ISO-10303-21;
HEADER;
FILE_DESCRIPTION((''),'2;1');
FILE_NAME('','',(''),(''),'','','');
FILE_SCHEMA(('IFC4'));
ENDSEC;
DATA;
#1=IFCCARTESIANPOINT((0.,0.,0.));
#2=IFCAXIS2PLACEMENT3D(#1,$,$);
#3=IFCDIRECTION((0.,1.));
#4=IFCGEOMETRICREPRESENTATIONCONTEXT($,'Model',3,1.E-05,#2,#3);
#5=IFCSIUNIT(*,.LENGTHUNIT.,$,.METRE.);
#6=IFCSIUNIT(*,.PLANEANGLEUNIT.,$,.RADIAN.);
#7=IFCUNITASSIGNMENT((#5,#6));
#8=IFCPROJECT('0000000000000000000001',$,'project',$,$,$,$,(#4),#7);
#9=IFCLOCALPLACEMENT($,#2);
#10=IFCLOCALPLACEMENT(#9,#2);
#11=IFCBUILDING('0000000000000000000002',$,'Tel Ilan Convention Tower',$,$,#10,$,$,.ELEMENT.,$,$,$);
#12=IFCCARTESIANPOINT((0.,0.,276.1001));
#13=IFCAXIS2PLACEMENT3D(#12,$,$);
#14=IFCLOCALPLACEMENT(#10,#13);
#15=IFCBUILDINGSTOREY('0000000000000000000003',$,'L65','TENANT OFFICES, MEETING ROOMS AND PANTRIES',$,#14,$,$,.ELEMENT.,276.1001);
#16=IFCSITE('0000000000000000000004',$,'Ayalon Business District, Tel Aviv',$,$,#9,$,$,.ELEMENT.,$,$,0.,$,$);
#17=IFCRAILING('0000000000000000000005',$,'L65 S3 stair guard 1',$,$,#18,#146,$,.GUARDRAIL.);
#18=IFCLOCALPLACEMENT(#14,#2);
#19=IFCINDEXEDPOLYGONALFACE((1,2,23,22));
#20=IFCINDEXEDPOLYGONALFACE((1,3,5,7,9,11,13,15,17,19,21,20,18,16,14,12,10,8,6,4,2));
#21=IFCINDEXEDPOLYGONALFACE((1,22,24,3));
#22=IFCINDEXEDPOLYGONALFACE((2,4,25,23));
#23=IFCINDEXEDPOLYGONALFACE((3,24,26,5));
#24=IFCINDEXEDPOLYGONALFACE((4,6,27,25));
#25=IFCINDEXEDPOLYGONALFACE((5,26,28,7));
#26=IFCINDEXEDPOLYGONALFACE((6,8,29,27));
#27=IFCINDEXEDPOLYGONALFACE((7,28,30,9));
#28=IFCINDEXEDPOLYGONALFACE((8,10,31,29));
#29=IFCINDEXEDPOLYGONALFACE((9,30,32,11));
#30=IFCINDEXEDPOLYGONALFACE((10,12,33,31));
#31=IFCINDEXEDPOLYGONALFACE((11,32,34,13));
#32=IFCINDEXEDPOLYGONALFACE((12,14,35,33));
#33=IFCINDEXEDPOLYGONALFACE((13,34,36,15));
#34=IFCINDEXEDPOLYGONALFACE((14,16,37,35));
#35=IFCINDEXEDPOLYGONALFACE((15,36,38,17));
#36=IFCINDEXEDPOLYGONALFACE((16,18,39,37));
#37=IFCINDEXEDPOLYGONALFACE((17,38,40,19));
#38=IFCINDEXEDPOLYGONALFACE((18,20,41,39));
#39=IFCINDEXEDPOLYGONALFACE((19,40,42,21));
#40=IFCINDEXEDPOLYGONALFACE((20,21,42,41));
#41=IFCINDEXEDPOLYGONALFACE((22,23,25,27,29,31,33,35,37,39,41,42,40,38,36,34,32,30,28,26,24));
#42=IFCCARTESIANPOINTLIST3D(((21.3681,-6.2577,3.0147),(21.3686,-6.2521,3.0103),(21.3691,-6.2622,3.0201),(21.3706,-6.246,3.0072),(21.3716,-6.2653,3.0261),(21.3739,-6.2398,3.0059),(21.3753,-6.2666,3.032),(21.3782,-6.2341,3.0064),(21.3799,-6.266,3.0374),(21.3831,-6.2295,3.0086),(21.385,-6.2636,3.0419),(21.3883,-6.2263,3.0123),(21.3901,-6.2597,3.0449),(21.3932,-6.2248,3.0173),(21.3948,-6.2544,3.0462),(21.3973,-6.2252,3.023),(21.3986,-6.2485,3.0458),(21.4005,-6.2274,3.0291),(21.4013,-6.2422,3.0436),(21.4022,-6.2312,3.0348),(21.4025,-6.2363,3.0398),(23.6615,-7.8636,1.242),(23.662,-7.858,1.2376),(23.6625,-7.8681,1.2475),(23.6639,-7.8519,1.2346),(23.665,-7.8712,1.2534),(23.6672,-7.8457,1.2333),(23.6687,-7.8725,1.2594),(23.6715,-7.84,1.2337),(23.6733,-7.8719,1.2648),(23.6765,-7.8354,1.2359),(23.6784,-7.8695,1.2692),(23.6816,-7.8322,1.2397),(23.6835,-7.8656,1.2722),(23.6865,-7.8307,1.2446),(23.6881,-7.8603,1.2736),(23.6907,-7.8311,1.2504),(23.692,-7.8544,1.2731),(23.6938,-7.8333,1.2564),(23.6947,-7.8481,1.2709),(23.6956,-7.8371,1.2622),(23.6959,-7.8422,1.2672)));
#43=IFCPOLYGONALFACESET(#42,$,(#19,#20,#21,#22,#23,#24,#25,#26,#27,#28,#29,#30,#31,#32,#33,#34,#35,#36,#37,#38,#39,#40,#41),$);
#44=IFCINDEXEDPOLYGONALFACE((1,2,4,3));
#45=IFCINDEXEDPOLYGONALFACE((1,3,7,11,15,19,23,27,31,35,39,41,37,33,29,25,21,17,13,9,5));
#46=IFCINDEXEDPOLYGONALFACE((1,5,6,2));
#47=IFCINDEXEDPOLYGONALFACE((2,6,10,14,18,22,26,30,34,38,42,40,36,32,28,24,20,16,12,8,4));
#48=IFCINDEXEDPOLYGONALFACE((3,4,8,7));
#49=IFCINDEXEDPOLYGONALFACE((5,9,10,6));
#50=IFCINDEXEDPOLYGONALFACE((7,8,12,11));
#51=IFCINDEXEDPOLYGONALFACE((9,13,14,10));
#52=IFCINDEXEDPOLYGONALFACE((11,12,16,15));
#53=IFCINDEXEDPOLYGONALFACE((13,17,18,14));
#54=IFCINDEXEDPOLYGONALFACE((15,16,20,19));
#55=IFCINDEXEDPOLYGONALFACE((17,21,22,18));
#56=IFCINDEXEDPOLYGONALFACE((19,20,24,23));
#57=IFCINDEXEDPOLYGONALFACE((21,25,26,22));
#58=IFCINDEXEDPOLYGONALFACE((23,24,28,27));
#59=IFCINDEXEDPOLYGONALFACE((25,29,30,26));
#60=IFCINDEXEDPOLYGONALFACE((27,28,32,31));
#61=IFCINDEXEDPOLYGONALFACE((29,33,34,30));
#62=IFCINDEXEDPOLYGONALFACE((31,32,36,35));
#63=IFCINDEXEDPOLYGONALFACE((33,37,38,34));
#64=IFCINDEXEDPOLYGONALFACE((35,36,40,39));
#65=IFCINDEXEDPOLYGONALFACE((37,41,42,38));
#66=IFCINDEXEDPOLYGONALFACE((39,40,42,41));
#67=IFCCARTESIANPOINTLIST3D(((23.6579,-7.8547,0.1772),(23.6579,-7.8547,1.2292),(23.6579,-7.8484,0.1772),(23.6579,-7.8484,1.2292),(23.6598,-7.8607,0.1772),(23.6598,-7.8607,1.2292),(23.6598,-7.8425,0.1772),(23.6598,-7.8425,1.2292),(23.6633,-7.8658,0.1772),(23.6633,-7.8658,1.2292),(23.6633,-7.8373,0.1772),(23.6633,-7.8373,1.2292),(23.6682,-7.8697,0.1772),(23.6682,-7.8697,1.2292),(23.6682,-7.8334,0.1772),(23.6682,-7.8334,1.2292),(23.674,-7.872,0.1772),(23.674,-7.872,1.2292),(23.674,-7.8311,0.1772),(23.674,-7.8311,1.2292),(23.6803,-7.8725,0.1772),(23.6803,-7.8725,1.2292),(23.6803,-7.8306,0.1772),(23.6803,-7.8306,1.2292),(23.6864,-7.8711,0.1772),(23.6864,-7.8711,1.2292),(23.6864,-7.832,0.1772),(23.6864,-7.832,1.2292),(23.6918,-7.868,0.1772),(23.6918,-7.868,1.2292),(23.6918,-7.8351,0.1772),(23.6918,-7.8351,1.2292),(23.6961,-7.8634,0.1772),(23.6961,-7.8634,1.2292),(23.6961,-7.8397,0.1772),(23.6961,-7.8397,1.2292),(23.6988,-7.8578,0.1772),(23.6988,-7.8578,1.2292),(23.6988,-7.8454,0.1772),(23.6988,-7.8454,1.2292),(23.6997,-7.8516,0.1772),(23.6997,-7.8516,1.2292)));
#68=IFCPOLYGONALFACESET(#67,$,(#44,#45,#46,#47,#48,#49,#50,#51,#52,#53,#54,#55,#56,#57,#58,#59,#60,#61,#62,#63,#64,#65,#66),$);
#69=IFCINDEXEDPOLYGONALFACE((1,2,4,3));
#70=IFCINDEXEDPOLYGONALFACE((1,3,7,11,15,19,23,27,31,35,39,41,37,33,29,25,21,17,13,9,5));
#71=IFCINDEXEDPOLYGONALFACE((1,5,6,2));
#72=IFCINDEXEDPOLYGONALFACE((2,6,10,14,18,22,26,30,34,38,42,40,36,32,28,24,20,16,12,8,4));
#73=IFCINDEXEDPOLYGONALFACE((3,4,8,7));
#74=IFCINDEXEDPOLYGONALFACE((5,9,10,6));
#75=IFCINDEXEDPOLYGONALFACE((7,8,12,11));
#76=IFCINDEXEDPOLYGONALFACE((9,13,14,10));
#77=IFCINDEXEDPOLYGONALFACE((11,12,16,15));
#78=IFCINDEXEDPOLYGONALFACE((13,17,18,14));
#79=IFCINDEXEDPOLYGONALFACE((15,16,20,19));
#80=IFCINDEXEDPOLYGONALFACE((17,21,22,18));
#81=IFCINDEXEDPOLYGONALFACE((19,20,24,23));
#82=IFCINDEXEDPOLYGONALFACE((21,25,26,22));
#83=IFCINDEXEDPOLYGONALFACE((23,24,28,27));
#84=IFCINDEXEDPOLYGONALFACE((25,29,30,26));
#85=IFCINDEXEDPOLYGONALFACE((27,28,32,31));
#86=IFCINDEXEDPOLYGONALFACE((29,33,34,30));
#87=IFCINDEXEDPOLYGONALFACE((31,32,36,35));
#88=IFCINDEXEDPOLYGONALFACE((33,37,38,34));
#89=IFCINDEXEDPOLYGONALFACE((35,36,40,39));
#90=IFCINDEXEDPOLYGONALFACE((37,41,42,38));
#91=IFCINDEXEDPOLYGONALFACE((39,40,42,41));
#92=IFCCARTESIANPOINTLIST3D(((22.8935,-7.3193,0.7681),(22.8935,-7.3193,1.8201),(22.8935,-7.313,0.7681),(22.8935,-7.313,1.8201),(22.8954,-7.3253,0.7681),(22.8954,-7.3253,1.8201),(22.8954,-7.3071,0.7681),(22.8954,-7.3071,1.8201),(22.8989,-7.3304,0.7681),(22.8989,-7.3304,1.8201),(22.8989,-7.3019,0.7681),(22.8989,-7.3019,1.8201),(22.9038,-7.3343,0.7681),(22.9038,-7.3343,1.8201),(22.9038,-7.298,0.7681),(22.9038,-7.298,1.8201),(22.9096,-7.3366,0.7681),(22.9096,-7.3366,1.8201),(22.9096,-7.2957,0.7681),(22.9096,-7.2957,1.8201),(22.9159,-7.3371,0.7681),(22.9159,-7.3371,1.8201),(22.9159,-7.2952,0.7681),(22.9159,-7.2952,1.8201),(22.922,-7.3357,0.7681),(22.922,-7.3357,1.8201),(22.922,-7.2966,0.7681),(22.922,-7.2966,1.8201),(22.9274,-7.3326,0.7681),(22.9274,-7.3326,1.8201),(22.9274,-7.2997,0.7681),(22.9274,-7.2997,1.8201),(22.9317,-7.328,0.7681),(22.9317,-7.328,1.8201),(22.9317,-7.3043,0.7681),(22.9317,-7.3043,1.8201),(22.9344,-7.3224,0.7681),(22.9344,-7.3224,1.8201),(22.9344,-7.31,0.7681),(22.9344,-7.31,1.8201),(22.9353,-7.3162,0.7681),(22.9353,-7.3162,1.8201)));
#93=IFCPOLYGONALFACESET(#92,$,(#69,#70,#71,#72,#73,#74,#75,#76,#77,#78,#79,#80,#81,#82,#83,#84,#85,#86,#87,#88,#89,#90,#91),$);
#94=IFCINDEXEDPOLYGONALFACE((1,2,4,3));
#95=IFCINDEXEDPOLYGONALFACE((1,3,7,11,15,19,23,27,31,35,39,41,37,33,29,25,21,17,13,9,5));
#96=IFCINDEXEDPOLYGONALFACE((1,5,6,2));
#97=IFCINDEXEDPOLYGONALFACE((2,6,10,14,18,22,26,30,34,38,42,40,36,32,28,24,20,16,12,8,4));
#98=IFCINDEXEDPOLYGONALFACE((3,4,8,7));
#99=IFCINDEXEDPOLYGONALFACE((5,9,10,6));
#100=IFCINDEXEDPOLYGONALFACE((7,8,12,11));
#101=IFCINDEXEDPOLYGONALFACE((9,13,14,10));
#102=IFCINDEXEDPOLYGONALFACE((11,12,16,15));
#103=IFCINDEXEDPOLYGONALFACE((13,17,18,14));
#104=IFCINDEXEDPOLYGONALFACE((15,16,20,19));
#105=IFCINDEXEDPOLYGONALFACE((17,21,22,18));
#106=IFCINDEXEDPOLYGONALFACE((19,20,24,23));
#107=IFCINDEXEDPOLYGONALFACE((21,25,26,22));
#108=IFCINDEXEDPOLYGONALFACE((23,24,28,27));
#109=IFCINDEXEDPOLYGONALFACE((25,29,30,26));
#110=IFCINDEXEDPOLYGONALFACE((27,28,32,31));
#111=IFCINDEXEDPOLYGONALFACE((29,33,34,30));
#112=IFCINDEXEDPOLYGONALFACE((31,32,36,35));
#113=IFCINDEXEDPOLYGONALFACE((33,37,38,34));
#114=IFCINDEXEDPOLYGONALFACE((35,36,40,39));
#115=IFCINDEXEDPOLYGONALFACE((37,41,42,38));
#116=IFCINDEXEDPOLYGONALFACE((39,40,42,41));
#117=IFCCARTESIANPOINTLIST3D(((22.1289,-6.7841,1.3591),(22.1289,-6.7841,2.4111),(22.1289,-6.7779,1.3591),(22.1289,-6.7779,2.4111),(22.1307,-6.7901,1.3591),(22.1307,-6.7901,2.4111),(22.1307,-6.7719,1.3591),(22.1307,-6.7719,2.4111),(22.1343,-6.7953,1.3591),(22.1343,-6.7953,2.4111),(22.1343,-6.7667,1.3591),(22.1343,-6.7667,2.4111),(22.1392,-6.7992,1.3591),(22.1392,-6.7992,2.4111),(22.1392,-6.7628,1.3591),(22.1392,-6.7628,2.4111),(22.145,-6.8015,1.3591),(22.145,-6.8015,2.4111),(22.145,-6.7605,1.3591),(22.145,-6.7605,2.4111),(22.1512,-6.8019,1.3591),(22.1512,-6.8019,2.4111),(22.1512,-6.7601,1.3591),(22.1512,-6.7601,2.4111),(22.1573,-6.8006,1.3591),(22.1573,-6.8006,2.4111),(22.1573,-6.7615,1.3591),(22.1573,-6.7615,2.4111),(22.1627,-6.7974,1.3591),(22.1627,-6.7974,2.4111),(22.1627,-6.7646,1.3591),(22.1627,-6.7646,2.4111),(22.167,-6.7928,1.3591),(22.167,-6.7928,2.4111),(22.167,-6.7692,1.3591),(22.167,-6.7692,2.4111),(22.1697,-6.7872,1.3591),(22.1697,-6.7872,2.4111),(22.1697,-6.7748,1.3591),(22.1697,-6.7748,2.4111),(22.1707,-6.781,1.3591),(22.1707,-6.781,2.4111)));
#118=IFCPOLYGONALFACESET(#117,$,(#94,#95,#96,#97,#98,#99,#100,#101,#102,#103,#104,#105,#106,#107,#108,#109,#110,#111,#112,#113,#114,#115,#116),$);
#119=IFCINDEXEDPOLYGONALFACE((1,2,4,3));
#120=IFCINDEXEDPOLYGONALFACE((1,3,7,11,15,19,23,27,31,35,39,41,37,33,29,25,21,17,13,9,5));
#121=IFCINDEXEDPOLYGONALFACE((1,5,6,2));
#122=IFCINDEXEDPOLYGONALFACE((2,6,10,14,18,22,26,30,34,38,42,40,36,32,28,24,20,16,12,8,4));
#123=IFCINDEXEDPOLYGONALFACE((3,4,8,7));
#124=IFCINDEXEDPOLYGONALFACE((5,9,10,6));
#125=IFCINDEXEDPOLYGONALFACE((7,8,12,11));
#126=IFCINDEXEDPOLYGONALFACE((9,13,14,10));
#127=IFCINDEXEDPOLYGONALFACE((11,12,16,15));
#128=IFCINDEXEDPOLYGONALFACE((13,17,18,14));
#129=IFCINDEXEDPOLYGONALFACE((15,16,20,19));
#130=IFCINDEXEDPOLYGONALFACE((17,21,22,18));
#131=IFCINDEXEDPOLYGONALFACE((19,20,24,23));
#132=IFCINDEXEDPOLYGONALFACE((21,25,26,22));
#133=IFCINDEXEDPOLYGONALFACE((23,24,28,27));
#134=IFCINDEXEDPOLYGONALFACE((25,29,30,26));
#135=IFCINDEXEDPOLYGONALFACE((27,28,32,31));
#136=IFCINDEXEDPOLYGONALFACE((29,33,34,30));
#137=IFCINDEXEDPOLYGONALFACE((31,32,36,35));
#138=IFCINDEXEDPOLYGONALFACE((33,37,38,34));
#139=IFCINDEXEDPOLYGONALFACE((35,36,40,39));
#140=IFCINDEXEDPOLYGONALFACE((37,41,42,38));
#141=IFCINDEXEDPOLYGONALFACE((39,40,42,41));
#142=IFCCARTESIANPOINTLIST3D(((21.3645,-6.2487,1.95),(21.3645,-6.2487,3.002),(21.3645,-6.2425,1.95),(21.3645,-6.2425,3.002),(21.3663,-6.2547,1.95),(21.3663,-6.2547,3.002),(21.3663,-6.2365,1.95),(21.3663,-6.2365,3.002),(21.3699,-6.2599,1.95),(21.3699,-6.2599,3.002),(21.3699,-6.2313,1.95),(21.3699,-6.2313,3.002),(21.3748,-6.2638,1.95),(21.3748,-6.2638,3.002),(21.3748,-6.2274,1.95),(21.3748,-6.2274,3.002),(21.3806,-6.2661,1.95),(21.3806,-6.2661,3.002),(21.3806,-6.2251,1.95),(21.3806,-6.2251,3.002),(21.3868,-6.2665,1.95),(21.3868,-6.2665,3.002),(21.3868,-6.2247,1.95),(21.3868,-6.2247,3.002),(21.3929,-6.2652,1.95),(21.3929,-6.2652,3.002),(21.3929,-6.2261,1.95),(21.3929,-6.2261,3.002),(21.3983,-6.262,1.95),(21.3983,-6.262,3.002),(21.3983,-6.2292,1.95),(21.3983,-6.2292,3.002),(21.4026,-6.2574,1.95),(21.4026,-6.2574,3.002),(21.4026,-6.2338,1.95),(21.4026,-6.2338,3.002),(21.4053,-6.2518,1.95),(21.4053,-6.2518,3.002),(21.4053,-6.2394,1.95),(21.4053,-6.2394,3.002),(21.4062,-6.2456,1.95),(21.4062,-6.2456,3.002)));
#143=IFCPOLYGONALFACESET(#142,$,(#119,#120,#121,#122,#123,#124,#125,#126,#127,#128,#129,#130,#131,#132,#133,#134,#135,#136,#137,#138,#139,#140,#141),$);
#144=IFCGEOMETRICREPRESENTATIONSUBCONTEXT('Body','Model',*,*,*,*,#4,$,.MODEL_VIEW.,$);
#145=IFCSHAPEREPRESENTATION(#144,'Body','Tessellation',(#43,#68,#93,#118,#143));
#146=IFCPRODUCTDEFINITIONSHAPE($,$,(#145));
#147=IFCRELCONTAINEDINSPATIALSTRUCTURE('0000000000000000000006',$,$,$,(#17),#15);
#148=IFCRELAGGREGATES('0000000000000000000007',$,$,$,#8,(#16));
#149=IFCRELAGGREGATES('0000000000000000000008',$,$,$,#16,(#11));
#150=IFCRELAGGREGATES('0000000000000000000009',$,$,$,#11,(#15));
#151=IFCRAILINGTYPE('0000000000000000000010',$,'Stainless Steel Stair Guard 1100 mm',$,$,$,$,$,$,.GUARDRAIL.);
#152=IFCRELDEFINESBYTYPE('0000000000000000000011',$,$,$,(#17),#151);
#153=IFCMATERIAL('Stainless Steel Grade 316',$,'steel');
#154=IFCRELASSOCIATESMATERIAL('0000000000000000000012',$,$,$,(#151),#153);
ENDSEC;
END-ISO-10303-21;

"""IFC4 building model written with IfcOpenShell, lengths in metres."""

from ifc_helpers import new_model, si_unit, direction, frame, origin, origin_2d, place, context, subcontext, project, spatial, circle, extrude, material, type_object, element, save


model = new_model("IFC4")

# Units and contexts
model_context = context("Model", 3, precision=1e-05, world=origin(), true_north=direction((0.0, 1.0)))
body_context = subcontext(model_context, "Body", "Model", "MODEL_VIEW")
ifc_project = project(units=[si_unit("LENGTHUNIT", "METRE"), si_unit("PLANEANGLEUNIT", "RADIAN")], contexts=[model_context])

# Site, building, storey
site_placement = place(None, origin())
site = spatial("IfcSite", under=ifc_project, at=site_placement, Name="Ayalon Business District, Tel Aviv", CompositionType="ELEMENT", RefElevation=0.0)
building_placement = place(site_placement, origin())
building = spatial("IfcBuilding", under=site, at=building_placement, Name="Tel Ilan Convention Tower", CompositionType="ELEMENT")
storey_placement = place(building_placement, frame((0.0, 0.0, 276.1001)))
storey = spatial("IfcBuildingStorey", under=building, at=storey_placement, Name="L65", Description="TENANT OFFICES, MEETING ROOMS AND PANTRIES", CompositionType="ELEMENT", Elevation=276.1001)

# Railing
ifc_material_1 = material(Name="Stainless Steel Grade 316", Category="steel")
railing_type_1 = type_object("IfcRailingType", Name="Stainless Steel Stair Guard 1100 mm", PredefinedType="GUARDRAIL", material=ifc_material_1)
railing_1_placement = place(storey_placement, frame((23.6787, -7.8516, 0.1772)))
element("IfcRailing", 1, at=railing_1_placement, inside=storey, type_object=railing_type_1, Name="L65 S3 stair guard 1", PredefinedType="GUARDRAIL", context=body_context, shape_type="SweptSolid", body=[
    extrude(circle(Radius=0.0239, at=origin_2d()), frame((0.0, 0.0, 1.0762), z_axis=(-0.692085, 0.484621, 0.53494), x_axis=(-0.573591, -0.819142, 0.0)), (0.0, 0.0, 1.0), 3.3137),
    extrude(circle(Radius=0.021, at=origin_2d()), origin(), (0.0, 0.0, 1.0), 1.052),
    extrude(circle(Radius=0.021, at=origin_2d()), frame((-0.7644, 0.5354, 0.5908)), (0.0, 0.0, 1.0), 1.052),
    extrude(circle(Radius=0.021, at=origin_2d()), frame((-1.5291, 1.0706, 1.1819)), (0.0, 0.0, 1.0), 1.052),
    extrude(circle(Radius=0.021, at=origin_2d()), frame((-2.2935, 1.606, 1.7727)), (0.0, 0.0, 1.0), 1.052),
])

save(model, "model.ifc")
